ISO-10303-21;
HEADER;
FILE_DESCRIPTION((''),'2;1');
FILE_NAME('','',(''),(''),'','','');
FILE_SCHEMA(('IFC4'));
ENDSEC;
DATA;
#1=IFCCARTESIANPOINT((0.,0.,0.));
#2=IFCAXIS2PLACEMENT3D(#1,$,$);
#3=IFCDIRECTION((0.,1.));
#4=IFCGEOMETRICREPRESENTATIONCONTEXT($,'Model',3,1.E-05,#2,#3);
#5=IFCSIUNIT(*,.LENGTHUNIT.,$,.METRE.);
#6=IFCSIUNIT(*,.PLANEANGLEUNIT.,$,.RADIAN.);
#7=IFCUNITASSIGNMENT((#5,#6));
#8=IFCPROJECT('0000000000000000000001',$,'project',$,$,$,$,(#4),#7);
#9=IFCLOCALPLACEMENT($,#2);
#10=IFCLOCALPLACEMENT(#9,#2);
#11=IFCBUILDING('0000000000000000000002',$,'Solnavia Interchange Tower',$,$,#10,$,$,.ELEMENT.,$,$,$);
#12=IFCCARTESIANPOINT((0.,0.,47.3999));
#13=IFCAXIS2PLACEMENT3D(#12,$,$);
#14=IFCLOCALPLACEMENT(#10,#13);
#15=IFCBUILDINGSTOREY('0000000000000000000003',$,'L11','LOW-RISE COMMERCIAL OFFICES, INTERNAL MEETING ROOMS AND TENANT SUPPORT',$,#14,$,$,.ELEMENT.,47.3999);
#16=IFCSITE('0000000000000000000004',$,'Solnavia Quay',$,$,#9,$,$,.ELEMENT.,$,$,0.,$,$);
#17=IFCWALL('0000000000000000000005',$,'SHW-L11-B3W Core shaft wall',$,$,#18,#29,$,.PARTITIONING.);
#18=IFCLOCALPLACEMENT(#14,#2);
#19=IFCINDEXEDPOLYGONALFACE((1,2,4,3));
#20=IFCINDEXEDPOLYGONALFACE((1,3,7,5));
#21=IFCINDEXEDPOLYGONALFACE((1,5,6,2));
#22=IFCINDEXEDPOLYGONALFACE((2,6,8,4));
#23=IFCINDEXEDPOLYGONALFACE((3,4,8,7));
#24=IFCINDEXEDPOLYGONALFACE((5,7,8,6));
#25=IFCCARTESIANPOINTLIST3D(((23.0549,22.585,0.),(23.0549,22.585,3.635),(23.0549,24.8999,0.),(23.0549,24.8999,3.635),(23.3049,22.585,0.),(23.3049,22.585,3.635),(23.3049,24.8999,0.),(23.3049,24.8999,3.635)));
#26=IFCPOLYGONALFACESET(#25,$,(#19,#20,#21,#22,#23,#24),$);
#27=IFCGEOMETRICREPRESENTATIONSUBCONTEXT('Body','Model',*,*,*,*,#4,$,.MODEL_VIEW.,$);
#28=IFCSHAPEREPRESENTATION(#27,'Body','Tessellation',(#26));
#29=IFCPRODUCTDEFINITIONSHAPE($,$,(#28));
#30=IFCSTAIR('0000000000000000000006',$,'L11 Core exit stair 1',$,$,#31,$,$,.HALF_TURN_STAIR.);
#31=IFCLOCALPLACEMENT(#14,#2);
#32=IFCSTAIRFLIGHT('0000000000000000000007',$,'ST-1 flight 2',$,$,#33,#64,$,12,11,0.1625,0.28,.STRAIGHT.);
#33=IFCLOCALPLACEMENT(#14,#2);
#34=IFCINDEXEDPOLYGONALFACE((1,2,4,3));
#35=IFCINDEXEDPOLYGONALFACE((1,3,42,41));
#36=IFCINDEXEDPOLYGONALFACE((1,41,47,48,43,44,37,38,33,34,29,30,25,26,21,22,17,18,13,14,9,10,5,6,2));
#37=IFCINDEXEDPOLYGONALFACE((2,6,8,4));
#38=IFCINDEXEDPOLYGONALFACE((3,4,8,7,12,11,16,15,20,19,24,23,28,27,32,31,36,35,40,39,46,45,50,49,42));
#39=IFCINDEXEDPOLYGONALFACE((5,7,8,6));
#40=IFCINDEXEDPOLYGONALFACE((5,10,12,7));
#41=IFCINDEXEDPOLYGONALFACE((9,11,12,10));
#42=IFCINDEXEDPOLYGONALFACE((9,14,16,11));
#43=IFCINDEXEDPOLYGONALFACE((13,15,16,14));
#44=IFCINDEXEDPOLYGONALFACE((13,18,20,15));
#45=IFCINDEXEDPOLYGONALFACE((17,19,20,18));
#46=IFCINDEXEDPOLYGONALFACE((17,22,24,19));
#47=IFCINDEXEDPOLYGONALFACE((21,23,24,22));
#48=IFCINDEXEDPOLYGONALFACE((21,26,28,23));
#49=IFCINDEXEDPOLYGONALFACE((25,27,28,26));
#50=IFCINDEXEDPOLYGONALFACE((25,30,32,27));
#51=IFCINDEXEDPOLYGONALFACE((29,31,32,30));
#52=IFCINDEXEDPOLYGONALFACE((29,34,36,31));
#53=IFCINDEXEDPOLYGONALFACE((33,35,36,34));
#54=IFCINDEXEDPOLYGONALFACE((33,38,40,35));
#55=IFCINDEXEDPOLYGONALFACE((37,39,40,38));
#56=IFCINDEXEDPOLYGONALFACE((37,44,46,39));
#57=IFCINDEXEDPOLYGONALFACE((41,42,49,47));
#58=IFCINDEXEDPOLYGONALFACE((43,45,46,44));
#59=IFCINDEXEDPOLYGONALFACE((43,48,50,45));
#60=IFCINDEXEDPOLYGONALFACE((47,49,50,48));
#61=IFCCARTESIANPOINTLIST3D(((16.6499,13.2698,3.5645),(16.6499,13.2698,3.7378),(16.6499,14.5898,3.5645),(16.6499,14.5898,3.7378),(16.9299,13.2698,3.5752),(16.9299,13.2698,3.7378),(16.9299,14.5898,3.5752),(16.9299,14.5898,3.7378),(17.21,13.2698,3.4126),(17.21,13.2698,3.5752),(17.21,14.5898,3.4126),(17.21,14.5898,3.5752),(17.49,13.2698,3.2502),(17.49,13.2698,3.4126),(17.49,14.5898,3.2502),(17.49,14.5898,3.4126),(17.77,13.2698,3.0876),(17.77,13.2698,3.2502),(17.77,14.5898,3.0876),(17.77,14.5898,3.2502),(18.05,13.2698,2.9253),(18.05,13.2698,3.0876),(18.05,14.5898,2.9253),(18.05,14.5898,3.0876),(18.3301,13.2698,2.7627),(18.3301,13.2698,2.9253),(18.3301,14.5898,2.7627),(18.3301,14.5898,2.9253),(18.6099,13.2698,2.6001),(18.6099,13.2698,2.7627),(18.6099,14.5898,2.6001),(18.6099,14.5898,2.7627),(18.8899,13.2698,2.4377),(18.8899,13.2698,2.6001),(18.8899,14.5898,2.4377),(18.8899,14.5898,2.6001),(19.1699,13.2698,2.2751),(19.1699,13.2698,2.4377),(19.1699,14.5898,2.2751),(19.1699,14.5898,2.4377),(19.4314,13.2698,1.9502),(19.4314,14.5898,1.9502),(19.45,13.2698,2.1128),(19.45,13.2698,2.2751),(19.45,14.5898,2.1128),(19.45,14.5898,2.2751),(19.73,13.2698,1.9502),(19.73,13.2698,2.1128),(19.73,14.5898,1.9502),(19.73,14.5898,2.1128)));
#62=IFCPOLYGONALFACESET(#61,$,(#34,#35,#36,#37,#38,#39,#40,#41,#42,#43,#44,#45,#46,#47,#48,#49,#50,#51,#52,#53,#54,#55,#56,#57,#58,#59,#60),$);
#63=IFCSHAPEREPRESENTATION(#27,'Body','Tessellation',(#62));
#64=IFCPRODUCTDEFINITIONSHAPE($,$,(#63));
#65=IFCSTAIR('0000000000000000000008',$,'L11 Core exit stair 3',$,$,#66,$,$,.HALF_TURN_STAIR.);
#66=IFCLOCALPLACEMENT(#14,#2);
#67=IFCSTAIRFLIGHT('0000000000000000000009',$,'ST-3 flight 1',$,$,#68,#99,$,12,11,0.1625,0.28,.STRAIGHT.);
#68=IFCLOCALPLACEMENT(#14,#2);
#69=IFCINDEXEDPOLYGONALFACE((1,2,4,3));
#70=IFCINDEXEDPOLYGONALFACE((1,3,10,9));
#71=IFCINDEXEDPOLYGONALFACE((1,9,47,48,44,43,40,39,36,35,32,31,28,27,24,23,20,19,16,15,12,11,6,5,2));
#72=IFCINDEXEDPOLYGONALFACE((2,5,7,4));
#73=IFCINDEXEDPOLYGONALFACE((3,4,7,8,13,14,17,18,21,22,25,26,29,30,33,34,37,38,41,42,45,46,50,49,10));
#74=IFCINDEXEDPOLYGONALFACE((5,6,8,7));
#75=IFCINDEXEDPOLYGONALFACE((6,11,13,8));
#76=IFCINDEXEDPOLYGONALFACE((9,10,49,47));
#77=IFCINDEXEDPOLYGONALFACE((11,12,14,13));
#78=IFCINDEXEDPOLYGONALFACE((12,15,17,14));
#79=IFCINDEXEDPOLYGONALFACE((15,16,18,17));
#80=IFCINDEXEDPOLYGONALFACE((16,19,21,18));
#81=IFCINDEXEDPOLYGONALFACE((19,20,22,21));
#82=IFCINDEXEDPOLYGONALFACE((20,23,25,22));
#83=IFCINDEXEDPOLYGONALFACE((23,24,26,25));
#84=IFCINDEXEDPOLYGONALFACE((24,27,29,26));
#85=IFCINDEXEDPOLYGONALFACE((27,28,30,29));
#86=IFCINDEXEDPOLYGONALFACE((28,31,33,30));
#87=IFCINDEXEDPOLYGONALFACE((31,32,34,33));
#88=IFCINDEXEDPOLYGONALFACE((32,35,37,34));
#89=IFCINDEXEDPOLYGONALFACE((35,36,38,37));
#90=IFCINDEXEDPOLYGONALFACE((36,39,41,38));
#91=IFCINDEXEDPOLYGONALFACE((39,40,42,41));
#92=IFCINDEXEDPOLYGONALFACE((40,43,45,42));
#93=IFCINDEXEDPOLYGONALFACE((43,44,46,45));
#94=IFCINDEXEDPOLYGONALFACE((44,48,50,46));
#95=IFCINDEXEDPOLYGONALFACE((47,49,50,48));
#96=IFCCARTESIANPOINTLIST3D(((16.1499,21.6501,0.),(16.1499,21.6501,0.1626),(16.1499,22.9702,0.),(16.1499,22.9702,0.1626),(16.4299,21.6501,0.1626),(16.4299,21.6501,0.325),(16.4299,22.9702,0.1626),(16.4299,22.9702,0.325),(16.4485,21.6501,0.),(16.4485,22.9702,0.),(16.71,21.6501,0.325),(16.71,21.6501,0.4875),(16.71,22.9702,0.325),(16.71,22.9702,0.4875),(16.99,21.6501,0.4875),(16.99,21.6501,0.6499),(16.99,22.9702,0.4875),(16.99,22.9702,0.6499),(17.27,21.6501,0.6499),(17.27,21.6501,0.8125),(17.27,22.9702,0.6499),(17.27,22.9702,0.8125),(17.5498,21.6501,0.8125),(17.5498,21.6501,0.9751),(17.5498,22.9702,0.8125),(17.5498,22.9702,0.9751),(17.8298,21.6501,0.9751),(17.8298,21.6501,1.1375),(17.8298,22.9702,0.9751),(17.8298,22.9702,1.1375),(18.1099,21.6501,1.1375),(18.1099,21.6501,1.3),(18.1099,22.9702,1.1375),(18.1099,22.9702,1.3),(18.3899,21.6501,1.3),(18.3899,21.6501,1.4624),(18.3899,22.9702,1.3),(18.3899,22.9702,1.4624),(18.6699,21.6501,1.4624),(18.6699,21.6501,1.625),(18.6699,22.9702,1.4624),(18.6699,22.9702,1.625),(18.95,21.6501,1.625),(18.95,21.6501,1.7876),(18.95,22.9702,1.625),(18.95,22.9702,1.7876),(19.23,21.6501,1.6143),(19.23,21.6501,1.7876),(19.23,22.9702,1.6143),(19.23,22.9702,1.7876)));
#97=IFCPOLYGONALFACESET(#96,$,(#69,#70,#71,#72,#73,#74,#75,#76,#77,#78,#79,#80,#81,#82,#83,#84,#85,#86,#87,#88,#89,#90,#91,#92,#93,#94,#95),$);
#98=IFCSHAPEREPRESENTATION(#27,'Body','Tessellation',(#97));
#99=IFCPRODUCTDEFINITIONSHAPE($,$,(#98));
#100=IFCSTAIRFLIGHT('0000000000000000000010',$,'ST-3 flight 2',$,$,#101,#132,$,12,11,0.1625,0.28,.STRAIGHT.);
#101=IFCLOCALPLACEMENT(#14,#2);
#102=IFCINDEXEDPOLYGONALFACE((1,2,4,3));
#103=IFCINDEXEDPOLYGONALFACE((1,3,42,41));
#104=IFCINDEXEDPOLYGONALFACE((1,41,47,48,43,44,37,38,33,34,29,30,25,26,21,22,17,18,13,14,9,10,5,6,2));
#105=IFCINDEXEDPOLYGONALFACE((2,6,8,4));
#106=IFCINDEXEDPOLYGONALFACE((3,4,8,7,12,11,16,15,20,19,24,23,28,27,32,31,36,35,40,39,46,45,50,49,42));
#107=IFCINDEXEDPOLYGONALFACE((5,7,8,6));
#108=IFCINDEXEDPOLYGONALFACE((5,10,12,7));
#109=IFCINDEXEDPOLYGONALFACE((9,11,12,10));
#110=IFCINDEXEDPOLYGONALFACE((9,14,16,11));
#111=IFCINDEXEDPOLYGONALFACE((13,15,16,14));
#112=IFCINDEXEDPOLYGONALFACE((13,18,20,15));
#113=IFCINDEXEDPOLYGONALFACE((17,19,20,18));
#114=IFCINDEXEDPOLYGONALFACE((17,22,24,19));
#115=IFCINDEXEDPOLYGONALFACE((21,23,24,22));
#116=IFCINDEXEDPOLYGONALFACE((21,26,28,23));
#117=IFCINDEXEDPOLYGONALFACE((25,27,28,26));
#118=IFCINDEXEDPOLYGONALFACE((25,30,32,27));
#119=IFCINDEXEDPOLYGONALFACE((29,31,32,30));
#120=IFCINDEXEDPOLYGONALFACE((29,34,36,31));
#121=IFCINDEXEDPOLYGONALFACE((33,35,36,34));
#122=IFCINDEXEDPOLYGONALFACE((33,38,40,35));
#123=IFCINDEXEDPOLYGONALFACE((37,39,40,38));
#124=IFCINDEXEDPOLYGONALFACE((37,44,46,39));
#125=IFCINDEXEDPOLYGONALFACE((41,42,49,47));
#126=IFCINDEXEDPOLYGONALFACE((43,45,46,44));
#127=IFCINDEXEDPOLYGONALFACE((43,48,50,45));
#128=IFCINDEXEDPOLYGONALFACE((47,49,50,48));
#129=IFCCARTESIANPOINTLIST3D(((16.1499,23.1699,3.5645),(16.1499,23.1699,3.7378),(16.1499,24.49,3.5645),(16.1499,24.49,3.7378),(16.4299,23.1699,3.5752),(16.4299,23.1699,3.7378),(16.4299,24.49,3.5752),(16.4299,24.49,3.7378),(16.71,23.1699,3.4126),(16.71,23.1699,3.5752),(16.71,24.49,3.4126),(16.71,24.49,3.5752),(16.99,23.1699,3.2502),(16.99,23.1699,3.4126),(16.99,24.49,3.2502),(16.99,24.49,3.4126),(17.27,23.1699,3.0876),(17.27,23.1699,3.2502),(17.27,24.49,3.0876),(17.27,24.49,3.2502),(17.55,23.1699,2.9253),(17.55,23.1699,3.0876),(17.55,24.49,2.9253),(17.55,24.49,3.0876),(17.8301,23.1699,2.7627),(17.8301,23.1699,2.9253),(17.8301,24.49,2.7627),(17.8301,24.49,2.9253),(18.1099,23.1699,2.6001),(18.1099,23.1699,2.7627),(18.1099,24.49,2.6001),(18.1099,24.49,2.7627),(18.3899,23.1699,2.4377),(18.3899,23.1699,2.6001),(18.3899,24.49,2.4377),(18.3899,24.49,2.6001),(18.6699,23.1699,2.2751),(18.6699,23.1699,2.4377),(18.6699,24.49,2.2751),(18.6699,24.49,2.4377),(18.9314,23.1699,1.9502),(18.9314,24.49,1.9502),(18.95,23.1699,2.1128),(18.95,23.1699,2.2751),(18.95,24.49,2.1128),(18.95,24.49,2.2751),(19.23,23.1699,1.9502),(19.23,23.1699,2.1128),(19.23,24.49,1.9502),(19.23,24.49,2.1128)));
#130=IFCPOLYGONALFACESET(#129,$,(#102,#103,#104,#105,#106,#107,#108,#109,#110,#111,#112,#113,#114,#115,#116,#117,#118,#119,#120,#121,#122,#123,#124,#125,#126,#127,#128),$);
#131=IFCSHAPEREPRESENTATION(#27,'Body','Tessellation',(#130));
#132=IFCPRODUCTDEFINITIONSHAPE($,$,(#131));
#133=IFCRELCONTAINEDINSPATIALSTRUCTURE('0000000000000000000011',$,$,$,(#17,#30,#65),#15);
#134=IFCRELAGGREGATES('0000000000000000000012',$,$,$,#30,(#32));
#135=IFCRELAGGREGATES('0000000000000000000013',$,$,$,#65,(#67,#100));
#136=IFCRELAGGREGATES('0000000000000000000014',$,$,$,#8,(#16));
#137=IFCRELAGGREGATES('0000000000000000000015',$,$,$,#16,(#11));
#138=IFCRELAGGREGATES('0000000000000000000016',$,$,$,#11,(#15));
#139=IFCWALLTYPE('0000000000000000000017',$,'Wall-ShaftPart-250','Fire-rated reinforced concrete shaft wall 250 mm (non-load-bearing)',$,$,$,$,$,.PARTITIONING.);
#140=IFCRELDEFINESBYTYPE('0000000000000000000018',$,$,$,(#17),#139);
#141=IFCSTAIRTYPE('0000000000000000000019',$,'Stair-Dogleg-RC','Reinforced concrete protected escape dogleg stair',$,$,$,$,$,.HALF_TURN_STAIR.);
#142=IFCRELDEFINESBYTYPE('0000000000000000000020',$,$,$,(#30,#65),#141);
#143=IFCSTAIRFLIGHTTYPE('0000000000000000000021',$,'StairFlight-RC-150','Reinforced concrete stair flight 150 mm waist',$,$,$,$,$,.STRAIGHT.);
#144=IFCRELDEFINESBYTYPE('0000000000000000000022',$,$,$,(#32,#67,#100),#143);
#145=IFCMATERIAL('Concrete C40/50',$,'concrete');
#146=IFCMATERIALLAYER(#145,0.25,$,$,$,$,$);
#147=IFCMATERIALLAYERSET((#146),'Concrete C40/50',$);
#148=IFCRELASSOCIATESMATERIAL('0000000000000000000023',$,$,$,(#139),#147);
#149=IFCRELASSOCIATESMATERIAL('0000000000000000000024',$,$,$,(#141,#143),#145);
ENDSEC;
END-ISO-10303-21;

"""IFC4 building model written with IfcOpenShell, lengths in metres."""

from ifc_helpers import new_model, si_unit, direction, frame, frame_2d, origin, place, context, subcontext, project, spatial, polyline, rectangle, outline, extrude, material, layer, layer_set, type_object, element, aggregate, save


model = new_model("IFC4")

# Units and contexts
model_context = context("Model", 3, precision=1e-05, world=origin(), true_north=direction((0.0, 1.0)))
body_context = subcontext(model_context, "Body", "Model", "MODEL_VIEW")
ifc_project = project(units=[si_unit("LENGTHUNIT", "METRE"), si_unit("PLANEANGLEUNIT", "RADIAN")], contexts=[model_context])

# Site, building, storey
site_placement = place(None, origin())
site = spatial("IfcSite", under=ifc_project, at=site_placement, Name="Solnavia Quay", CompositionType="ELEMENT", RefElevation=0.0)
building_placement = place(site_placement, origin())
building = spatial("IfcBuilding", under=site, at=building_placement, Name="Solnavia Interchange Tower", CompositionType="ELEMENT")
storey_placement = place(building_placement, frame((0.0, 0.0, 47.3999)))
storey = spatial("IfcBuildingStorey", under=building, at=storey_placement, Name="L11", Description="LOW-RISE COMMERCIAL OFFICES, INTERNAL MEETING ROOMS AND TENANT SUPPORT", CompositionType="ELEMENT", Elevation=47.3999)

# Shared definitions
ifc_material_1 = material(Name="Concrete C40/50", Category="concrete")

# Shared definitions
ifc_layer_1 = layer(ifc_material_1, 0.25)
ifc_layer_set_1 = layer_set([ifc_layer_1], Name="Concrete C40/50")
wall_type_1 = type_object("IfcWallType", Name="Wall-ShaftPart-250", Description="Fire-rated reinforced concrete shaft wall 250 mm (non-load-bearing)", PredefinedType="PARTITIONING", material=ifc_layer_set_1)

# Wall
wall_1_placement = place(storey_placement, frame((23.1799, 22.585, 0.0), z_axis=(0.0, 0.0, 1.0), x_axis=(0.0, 1.0, 0.0)))
element("IfcWall", 1, at=wall_1_placement, inside=storey, type_object=wall_type_1, Name="SHW-L11-B3W Core shaft wall", PredefinedType="PARTITIONING", context=body_context, shape_type="SweptSolid", body=[
    extrude(rectangle(XDim=2.3149, YDim=0.25, at=frame_2d((1.1575, 0.0))), origin(), (0.0, 0.0, 1.0), 3.635),
])

# Stair, stair flight
stair_type = type_object("IfcStairType", Name="Stair-Dogleg-RC", Description="Reinforced concrete protected escape dogleg stair", PredefinedType="HALF_TURN_STAIR", material=ifc_material_1)
stair_1_placement = place(storey_placement, origin())
stair_1 = element("IfcStair", 2, at=stair_1_placement, inside=storey, type_object=stair_type, Name="L11 Core exit stair 1", PredefinedType="HALF_TURN_STAIR")
stair_flight_type = type_object("IfcStairFlightType", Name="StairFlight-RC-150", Description="Reinforced concrete stair flight 150 mm waist", PredefinedType="STRAIGHT", material=ifc_material_1)
stair_flight_1_placement = place(storey_placement, frame((19.73, 13.9299, 1.9502), z_axis=(0.0, 0.0, 1.0), x_axis=(-1.0, 0.0, 0.0)))
stair_flight_1 = element("IfcStairFlight", 3, at=stair_flight_1_placement, type_object=stair_flight_type, Name="ST-1 flight 2", NumberOfRisers=12, NumberOfTreads=11, PredefinedType="STRAIGHT", RiserHeight=0.1625, TreadLength=0.28, context=body_context, shape_type="SweptSolid", body=[
    extrude(outline(polyline([(0.0, 0.0), (0.0, 0.1626), (0.28, 0.1626), (0.28, 0.325), (0.5601, 0.325), (0.5601, 0.4875), (0.8401, 0.4875), (0.8401, 0.6499), (1.1201, 0.6499), (1.1201, 0.8125), (1.3999, 0.8125), (1.3999, 0.9751), (1.6799, 0.9751), (1.6799, 1.1375), (1.96, 1.1375), (1.96, 1.3), (2.24, 1.3), (2.24, 1.4624), (2.52, 1.4624), (2.52, 1.625), (2.8, 1.625), (2.8, 1.7876), (3.0801, 1.7876), (3.0801, 1.95), (3.0801, 1.6143), (0.2986, 0.0), (0.0, 0.0)])), frame((0.0, 0.6602, 0.0), z_axis=(0.0, -1.0, 0.0), x_axis=(1.0, 0.0, 0.0)), (0.0, 0.0, 1.0), 1.3201),
])
aggregate(stair_1, [stair_flight_1])

# Stair, stair flights
stair_2_placement = place(storey_placement, origin())
stair_2 = element("IfcStair", 4, at=stair_2_placement, inside=storey, type_object=stair_type, Name="L11 Core exit stair 3", PredefinedType="HALF_TURN_STAIR")
stair_flight_2_placement = place(storey_placement, frame((16.1499, 22.3101, 0.0), z_axis=(0.0, 0.0, 1.0), x_axis=(1.0, 0.0, 0.0)))
stair_flight_2 = element("IfcStairFlight", 5, at=stair_flight_2_placement, type_object=stair_flight_type, Name="ST-3 flight 1", NumberOfRisers=12, NumberOfTreads=11, PredefinedType="STRAIGHT", RiserHeight=0.1625, TreadLength=0.28, context=body_context, shape_type="SweptSolid", body=[
    extrude(outline(polyline([(0.0, 0.0), (0.0, 0.1626), (0.28, 0.1626), (0.28, 0.325), (0.5601, 0.325), (0.5601, 0.4875), (0.8401, 0.4875), (0.8401, 0.6499), (1.1201, 0.6499), (1.1201, 0.8125), (1.3999, 0.8125), (1.3999, 0.9751), (1.6799, 0.9751), (1.6799, 1.1375), (1.96, 1.1375), (1.96, 1.3), (2.24, 1.3), (2.24, 1.4624), (2.52, 1.4624), (2.52, 1.625), (2.8, 1.625), (2.8, 1.7876), (3.0801, 1.7876), (3.0801, 1.95), (3.0801, 1.6143), (0.2986, 0.0), (0.0, 0.0)])), frame((0.0, 0.6602, 0.0), z_axis=(0.0, -1.0, 0.0), x_axis=(1.0, 0.0, 0.0)), (0.0, 0.0, 1.0), 1.3201),
])
stair_flight_3_placement = place(storey_placement, frame((19.23, 23.8301, 1.9502), z_axis=(0.0, 0.0, 1.0), x_axis=(-1.0, 0.0, 0.0)))
stair_flight_3 = element("IfcStairFlight", 6, at=stair_flight_3_placement, type_object=stair_flight_type, Name="ST-3 flight 2", NumberOfRisers=12, NumberOfTreads=11, PredefinedType="STRAIGHT", RiserHeight=0.1625, TreadLength=0.28, context=body_context, shape_type="SweptSolid", body=[
    extrude(outline(polyline([(0.0, 0.0), (0.0, 0.1626), (0.28, 0.1626), (0.28, 0.325), (0.5601, 0.325), (0.5601, 0.4875), (0.8401, 0.4875), (0.8401, 0.6499), (1.1201, 0.6499), (1.1201, 0.8125), (1.3999, 0.8125), (1.3999, 0.9751), (1.6799, 0.9751), (1.6799, 1.1375), (1.96, 1.1375), (1.96, 1.3), (2.24, 1.3), (2.24, 1.4624), (2.52, 1.4624), (2.52, 1.625), (2.8, 1.625), (2.8, 1.7876), (3.0801, 1.7876), (3.0801, 1.95), (3.0801, 1.6143), (0.2986, 0.0), (0.0, 0.0)])), frame((0.0, 0.6602, 0.0), z_axis=(0.0, -1.0, 0.0), x_axis=(1.0, 0.0, 0.0)), (0.0, 0.0, 1.0), 1.3201),
])
aggregate(stair_2, [stair_flight_2, stair_flight_3])

save(model, "model.ifc")
